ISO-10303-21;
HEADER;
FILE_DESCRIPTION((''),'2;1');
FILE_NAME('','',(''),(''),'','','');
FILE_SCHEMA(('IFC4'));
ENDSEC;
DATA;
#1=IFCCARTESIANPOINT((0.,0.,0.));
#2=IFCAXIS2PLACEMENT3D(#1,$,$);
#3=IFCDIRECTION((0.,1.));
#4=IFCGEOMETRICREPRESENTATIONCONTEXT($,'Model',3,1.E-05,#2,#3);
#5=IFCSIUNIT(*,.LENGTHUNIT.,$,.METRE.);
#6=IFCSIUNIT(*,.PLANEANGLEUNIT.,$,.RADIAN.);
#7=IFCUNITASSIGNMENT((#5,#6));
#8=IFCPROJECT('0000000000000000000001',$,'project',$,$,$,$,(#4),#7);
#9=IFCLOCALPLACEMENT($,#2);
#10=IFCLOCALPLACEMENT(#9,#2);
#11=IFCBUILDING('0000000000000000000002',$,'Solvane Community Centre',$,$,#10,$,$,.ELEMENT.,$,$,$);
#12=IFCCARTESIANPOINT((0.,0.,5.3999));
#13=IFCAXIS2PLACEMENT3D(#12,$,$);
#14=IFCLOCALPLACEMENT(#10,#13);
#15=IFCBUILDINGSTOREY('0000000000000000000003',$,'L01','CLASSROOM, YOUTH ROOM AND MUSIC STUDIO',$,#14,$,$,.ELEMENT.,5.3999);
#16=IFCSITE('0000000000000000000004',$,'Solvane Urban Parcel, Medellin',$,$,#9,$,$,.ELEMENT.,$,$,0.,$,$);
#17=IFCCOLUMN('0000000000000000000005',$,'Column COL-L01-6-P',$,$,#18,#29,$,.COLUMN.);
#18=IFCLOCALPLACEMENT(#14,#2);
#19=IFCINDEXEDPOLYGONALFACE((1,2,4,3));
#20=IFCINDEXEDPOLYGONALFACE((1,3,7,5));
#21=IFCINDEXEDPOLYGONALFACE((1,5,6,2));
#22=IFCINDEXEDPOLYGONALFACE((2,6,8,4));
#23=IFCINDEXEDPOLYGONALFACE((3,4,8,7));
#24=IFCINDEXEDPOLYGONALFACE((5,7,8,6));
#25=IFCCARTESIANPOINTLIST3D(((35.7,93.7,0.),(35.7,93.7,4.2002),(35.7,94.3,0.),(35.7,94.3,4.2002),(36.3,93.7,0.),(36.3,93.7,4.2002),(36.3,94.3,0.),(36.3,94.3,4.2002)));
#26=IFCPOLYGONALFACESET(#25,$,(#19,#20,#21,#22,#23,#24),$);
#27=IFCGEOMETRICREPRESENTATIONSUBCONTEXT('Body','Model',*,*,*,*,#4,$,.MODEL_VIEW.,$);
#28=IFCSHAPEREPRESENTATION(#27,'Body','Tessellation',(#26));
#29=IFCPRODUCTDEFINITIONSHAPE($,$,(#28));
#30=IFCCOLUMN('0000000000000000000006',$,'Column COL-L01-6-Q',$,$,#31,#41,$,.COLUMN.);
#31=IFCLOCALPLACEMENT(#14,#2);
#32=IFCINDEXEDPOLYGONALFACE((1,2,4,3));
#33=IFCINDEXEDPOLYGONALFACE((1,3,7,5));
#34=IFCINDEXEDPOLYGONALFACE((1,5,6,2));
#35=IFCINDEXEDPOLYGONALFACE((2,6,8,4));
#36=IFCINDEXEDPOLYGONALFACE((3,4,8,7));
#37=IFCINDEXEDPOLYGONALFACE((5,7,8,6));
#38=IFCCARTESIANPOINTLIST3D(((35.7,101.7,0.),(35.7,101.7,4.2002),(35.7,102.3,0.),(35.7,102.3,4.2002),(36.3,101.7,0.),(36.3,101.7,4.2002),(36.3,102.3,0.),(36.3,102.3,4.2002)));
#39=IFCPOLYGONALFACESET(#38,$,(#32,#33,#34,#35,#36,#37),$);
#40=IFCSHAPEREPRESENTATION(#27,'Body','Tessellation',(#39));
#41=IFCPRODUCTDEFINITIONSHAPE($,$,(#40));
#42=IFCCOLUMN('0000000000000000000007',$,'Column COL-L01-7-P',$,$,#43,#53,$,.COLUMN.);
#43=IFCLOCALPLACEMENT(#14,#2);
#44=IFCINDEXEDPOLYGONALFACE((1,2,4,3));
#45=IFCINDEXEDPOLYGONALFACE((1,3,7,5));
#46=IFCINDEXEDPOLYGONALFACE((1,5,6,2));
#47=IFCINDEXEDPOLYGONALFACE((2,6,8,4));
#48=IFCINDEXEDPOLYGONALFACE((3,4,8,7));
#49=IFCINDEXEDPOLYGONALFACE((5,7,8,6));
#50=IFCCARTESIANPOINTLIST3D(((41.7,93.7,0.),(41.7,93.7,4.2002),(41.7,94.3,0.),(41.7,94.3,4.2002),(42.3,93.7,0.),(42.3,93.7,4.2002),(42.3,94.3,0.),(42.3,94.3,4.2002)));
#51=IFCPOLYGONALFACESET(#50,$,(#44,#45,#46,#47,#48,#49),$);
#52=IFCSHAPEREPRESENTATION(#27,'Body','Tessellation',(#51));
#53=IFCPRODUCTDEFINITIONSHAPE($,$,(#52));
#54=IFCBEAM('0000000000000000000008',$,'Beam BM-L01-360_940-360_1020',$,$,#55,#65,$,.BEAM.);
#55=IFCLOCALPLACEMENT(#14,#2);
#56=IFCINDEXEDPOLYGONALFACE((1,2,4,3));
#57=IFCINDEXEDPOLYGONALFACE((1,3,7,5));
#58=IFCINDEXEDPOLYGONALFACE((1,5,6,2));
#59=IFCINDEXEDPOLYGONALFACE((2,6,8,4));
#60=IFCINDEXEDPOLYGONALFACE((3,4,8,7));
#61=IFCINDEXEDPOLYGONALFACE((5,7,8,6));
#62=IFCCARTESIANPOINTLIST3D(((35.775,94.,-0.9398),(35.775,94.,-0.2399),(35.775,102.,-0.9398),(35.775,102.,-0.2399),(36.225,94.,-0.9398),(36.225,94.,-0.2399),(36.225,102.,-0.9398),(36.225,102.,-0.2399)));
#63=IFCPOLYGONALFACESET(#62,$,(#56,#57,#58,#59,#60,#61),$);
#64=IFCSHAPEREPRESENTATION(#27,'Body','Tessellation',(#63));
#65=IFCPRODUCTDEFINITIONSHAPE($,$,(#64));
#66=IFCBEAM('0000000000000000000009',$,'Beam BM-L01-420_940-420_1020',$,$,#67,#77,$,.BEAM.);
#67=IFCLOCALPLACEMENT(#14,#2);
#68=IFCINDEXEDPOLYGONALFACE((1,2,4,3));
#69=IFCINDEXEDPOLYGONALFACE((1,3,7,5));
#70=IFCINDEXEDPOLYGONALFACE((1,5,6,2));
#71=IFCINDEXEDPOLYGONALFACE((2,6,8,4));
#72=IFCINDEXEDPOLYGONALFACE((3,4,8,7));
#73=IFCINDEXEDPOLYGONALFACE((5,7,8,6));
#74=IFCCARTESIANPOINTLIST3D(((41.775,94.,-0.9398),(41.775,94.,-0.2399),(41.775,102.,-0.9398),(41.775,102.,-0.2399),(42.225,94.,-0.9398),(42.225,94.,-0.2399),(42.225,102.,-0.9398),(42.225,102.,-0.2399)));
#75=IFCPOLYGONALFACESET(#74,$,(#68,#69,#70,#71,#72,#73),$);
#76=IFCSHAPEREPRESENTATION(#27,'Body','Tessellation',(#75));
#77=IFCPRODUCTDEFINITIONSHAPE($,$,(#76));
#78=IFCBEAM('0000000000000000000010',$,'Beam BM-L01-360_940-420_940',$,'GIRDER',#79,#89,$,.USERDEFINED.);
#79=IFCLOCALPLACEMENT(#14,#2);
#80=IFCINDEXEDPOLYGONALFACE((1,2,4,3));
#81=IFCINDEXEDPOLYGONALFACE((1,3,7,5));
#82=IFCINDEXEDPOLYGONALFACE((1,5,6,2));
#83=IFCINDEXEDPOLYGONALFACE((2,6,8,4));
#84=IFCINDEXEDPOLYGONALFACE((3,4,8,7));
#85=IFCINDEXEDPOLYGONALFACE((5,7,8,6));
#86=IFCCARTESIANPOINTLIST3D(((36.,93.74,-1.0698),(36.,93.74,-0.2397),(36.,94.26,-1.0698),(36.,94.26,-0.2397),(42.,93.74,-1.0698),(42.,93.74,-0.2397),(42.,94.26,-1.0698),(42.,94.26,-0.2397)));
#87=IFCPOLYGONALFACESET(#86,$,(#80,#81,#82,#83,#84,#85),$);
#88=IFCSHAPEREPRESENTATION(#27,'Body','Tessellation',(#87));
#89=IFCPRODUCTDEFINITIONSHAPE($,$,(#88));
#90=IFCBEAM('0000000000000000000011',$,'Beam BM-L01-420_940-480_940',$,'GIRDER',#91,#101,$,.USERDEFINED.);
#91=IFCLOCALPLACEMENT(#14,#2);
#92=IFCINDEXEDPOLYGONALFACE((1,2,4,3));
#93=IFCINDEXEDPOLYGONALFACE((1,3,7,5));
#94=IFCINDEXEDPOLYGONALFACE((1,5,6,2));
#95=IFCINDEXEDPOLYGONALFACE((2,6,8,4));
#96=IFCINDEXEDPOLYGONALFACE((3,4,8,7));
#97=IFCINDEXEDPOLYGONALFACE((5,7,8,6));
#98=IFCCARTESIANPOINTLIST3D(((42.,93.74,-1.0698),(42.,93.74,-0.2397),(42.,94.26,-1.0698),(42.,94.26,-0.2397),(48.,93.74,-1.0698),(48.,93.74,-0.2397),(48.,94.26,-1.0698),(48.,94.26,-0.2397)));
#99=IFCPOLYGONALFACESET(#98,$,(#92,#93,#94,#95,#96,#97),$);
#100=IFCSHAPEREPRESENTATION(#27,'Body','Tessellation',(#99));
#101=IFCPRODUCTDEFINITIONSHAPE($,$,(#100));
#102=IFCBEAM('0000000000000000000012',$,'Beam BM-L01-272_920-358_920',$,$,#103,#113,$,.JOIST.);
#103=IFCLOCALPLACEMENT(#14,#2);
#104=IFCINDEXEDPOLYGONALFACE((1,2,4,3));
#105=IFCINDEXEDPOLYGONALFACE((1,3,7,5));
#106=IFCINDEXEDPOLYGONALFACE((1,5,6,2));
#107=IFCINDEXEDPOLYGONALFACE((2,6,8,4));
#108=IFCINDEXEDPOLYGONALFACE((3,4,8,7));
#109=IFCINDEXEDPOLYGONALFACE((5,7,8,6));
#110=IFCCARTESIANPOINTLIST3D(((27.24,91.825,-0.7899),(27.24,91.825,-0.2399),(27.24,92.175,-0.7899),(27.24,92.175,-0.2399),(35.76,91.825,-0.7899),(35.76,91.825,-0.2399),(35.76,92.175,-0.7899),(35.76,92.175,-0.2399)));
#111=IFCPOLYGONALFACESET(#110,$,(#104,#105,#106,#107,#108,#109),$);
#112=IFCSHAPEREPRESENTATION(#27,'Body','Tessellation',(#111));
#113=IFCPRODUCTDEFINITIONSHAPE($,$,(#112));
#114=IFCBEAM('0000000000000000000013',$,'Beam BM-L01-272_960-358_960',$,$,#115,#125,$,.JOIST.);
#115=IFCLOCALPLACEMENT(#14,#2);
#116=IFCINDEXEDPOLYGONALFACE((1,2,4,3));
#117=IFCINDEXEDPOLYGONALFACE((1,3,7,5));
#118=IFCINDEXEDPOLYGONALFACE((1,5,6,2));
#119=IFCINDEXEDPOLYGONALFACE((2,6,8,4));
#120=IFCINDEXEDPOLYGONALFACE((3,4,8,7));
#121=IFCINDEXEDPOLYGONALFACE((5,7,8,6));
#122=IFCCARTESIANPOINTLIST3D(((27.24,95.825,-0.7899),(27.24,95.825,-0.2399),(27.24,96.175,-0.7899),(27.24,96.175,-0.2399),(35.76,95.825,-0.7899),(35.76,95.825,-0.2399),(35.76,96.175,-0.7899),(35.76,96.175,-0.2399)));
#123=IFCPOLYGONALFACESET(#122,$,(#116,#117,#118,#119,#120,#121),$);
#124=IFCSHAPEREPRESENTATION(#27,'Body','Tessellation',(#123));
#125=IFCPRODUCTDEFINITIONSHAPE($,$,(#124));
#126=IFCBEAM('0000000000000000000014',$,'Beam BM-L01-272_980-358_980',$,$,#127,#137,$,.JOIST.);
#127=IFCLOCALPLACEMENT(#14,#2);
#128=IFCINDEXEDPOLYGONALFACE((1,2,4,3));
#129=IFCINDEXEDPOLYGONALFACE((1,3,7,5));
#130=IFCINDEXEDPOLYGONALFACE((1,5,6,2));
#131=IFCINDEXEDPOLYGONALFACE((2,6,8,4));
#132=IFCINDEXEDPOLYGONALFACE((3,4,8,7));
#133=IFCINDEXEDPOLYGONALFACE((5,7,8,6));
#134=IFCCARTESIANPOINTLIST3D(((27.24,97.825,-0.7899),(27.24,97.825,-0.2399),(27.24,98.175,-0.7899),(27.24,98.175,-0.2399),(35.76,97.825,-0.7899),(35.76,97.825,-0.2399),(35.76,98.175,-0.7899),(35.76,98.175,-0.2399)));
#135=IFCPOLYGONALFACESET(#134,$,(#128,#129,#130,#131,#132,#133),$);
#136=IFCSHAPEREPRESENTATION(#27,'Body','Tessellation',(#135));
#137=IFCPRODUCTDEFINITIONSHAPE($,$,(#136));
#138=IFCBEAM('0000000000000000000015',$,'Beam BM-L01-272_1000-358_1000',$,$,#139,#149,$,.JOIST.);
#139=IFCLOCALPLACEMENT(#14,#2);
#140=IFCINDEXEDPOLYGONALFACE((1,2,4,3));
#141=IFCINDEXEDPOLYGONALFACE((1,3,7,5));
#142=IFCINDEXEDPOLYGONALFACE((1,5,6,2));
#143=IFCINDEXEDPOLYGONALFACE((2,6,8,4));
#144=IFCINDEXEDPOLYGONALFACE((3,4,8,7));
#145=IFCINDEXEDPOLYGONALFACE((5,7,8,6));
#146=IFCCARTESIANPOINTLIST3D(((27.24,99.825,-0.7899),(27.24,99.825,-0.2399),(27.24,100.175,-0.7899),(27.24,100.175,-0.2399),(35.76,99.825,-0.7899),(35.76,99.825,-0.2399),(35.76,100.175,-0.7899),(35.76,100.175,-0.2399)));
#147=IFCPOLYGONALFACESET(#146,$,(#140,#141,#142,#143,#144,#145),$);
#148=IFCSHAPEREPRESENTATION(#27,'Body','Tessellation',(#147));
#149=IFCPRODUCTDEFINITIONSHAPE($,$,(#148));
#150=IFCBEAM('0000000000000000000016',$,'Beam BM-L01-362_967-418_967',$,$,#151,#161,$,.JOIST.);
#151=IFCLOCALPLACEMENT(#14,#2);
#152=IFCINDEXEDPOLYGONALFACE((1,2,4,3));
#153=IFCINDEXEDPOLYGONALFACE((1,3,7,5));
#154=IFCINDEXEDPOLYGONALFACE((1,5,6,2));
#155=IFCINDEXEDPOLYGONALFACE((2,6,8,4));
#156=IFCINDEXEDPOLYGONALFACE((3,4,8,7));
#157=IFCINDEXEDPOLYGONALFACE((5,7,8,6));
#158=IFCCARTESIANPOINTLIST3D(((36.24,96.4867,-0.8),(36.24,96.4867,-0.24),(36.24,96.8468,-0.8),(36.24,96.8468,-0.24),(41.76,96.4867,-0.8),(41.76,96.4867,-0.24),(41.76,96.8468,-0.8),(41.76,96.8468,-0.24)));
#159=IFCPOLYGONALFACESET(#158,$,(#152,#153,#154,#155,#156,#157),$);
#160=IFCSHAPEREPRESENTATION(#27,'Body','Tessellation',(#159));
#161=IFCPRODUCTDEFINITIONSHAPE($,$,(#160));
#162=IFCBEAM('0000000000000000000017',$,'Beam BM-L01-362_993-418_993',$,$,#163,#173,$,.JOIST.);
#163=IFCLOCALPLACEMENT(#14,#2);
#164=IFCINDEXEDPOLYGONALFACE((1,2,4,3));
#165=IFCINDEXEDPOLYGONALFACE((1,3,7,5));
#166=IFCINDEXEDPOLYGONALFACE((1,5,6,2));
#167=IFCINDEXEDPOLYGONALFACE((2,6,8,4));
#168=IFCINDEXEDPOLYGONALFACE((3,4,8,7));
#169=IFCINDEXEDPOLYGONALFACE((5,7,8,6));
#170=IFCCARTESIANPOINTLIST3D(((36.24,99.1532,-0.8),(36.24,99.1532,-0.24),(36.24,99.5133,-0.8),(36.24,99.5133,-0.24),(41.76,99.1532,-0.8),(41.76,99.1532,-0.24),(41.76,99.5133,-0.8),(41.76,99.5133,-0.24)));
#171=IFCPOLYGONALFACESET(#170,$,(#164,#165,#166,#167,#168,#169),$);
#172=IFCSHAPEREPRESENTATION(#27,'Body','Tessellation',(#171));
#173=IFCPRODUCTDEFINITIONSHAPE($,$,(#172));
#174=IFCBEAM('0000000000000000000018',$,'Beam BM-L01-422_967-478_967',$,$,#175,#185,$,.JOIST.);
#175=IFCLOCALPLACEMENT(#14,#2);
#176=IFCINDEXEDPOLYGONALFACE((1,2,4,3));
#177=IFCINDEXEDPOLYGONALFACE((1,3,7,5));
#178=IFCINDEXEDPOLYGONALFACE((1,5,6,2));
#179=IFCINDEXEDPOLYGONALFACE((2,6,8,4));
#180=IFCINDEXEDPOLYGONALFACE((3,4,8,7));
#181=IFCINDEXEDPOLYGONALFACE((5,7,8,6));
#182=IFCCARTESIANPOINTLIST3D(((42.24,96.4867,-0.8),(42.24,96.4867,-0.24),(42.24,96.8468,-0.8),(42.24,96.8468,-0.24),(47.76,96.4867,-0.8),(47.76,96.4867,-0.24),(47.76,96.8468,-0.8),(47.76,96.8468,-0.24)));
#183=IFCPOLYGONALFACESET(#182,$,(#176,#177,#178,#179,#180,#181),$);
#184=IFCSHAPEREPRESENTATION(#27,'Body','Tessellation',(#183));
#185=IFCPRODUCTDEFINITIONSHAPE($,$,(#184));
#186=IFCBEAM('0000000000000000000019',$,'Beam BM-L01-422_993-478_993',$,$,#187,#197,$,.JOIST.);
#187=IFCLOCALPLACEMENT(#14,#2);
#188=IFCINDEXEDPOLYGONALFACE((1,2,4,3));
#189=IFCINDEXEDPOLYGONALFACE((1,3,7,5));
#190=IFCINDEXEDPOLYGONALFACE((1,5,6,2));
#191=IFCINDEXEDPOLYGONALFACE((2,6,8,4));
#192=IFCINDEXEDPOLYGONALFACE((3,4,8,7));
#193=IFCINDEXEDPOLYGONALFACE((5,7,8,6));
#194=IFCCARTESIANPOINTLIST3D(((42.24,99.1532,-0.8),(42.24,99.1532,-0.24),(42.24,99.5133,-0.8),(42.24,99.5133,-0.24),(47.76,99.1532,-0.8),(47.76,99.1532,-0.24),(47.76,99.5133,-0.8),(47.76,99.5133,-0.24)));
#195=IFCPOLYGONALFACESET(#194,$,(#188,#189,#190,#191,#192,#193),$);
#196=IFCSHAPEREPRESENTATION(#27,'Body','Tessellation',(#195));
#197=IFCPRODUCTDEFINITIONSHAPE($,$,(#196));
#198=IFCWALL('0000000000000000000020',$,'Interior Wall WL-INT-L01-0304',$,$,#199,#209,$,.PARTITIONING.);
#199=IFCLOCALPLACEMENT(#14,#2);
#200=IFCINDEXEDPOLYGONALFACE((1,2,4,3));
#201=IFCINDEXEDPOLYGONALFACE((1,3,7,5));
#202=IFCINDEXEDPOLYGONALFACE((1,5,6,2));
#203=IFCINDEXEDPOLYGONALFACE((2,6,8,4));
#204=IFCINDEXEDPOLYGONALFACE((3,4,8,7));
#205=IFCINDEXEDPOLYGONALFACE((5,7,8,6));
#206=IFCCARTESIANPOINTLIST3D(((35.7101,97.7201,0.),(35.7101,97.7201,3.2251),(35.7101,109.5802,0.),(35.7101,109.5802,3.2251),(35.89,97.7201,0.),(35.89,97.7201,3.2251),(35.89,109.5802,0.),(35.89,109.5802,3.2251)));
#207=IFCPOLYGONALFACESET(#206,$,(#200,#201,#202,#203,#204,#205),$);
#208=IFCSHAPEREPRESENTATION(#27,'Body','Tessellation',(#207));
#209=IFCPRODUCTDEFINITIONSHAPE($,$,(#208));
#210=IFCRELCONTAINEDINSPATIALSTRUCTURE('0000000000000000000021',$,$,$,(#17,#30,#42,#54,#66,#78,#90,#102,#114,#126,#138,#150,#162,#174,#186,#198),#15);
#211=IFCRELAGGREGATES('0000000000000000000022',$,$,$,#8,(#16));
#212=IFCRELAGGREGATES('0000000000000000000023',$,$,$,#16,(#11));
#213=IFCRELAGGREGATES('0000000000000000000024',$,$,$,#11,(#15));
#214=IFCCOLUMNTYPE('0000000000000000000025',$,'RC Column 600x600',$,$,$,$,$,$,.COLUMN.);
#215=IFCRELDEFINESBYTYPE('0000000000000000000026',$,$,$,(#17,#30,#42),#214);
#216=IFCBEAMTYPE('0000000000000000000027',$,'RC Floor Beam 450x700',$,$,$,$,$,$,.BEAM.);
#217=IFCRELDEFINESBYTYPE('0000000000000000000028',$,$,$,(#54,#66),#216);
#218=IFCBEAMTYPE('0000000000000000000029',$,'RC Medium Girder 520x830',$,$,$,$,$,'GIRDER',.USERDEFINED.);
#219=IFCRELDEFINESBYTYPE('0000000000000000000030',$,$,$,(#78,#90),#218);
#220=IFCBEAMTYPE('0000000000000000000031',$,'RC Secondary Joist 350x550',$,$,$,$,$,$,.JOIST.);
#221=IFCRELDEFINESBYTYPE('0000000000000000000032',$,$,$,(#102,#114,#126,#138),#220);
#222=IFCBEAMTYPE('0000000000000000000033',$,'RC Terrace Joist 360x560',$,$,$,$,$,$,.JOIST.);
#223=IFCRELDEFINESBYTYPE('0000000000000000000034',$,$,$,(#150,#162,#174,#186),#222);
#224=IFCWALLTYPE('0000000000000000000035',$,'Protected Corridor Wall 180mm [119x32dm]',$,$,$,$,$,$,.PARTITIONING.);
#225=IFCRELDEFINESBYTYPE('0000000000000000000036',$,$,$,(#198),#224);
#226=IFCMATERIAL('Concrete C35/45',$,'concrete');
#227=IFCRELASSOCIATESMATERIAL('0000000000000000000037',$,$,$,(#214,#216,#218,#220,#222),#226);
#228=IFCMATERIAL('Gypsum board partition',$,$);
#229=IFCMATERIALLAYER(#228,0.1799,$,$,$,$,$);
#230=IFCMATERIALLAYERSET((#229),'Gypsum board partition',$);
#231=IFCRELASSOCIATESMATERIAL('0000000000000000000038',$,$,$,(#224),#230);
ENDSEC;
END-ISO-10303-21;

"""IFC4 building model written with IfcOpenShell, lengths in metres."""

from ifc_helpers import new_model, si_unit, direction, frame, frame_2d, origin, origin_2d, place, context, subcontext, project, spatial, rectangle, extrude, material, layer, layer_set, material_profile, profile_set, type_object, element, save


model = new_model("IFC4")

# Units and contexts
model_context = context("Model", 3, precision=1e-05, world=origin(), true_north=direction((0.0, 1.0)))
body_context = subcontext(model_context, "Body", "Model", "MODEL_VIEW")
ifc_project = project(units=[si_unit("LENGTHUNIT", "METRE"), si_unit("PLANEANGLEUNIT", "RADIAN")], contexts=[model_context])

# Site, building, storey
site_placement = place(None, origin())
site = spatial("IfcSite", under=ifc_project, at=site_placement, Name="Solvane Urban Parcel, Medellin", CompositionType="ELEMENT", RefElevation=0.0)
building_placement = place(site_placement, origin())
building = spatial("IfcBuilding", under=site, at=building_placement, Name="Solvane Community Centre", CompositionType="ELEMENT")
storey_placement = place(building_placement, frame((0.0, 0.0, 5.3999)))
storey = spatial("IfcBuildingStorey", under=building, at=storey_placement, Name="L01", Description="CLASSROOM, YOUTH ROOM AND MUSIC STUDIO", CompositionType="ELEMENT", Elevation=5.3999)

# Columns
ifc_material_1 = material(Name="Concrete C35/45", Category="concrete")
ifc_material_profile_1 = material_profile(ifc_material_1, rectangle(XDim=0.6001, YDim=0.6001, at=origin_2d()), Name="RC 600x600")
ifc_profile_set_1 = profile_set([ifc_material_profile_1], Name="Concrete C35/45")
column_type = type_object("IfcColumnType", Name="RC Column 600x600", PredefinedType="COLUMN", material=ifc_profile_set_1)
for number, where, z_axis, x_axis, name in (
    (1, (36.0, 94.0, 0.0), (0.0, 0.0, 1.0), (1.0, 0.0, 0.0), "Column COL-L01-6-P"),
    (2, (36.0, 102.0, 0.0), (0.0, 0.0, 1.0), (1.0, 0.0, 0.0), "Column COL-L01-6-Q"),
    (3, (42.0, 94.0, 0.0), (0.0, 0.0, 1.0), (1.0, 0.0, 0.0), "Column COL-L01-7-P"),
):
    element("IfcColumn", number, at=place(storey_placement, frame(where, z_axis=z_axis, x_axis=x_axis)), inside=storey, type_object=column_type, Name=name, PredefinedType="COLUMN", context=body_context, shape_type="SweptSolid", body=[
        extrude(rectangle(XDim=0.6001, YDim=0.6001, at=origin_2d()), origin(), (0.0, 0.0, 1.0), 4.2002),
    ])

# Beams
ifc_material_profile_2 = material_profile(ifc_material_1, rectangle(XDim=0.45, YDim=0.7, at=origin_2d()), Name="RC 450x700")
ifc_profile_set_2 = profile_set([ifc_material_profile_2], Name="Concrete C35/45")
beam_type_1 = type_object("IfcBeamType", Name="RC Floor Beam 450x700", PredefinedType="BEAM", material=ifc_profile_set_2)
for number, where, z_axis, x_axis, name in (
    (4, (36.0, 94.0, -0.5898), (0.0, 1.0, 0.0), (-1.0, 0.0, 0.0), "Beam BM-L01-360_940-360_1020"),
    (5, (42.0, 94.0, -0.5898), (0.0, 1.0, 0.0), (-1.0, 0.0, 0.0), "Beam BM-L01-420_940-420_1020"),
):
    element("IfcBeam", number, at=place(storey_placement, frame(where, z_axis=z_axis, x_axis=x_axis)), inside=storey, type_object=beam_type_1, Name=name, PredefinedType="BEAM", context=body_context, shape_type="SweptSolid", body=[
        extrude(rectangle(XDim=0.45, YDim=0.7, at=origin_2d()), origin(), (0.0, 0.0, 1.0), 8.0),
    ])
ifc_material_profile_3 = material_profile(ifc_material_1, rectangle(XDim=0.52, YDim=0.8301, at=origin_2d()), Name="RC 520x830")
ifc_profile_set_3 = profile_set([ifc_material_profile_3], Name="Concrete C35/45")
beam_type_2 = type_object("IfcBeamType", Name="RC Medium Girder 520x830", ElementType="GIRDER", PredefinedType="USERDEFINED", material=ifc_profile_set_3)
for number, where, z_axis, x_axis, name in (
    (6, (36.0, 94.0, -0.6548), (1.0, 0.0, 0.0), (0.0, 1.0, 0.0), "Beam BM-L01-360_940-420_940"),
    (7, (42.0, 94.0, -0.6548), (1.0, 0.0, 0.0), (0.0, 1.0, 0.0), "Beam BM-L01-420_940-480_940"),
):
    element("IfcBeam", number, at=place(storey_placement, frame(where, z_axis=z_axis, x_axis=x_axis)), inside=storey, type_object=beam_type_2, Name=name, ObjectType="GIRDER", PredefinedType="USERDEFINED", context=body_context, shape_type="SweptSolid", body=[
        extrude(rectangle(XDim=0.52, YDim=0.8301, at=origin_2d()), origin(), (0.0, 0.0, 1.0), 6.0),
    ])
ifc_material_profile_4 = material_profile(ifc_material_1, rectangle(XDim=0.3501, YDim=0.55, at=origin_2d()), Name="RC 350x550")
ifc_profile_set_4 = profile_set([ifc_material_profile_4], Name="Concrete C35/45")
beam_type_3 = type_object("IfcBeamType", Name="RC Secondary Joist 350x550", PredefinedType="JOIST", material=ifc_profile_set_4)
for number, where, z_axis, x_axis, name in (
    (8, (27.24, 92.0, -0.5149), (1.0, 0.0, 0.0), (0.0, 1.0, 0.0), "Beam BM-L01-272_920-358_920"),
    (9, (27.24, 96.0, -0.5149), (1.0, 0.0, 0.0), (0.0, 1.0, 0.0), "Beam BM-L01-272_960-358_960"),
    (10, (27.24, 98.0, -0.5149), (1.0, 0.0, 0.0), (0.0, 1.0, 0.0), "Beam BM-L01-272_980-358_980"),
    (11, (27.24, 100.0, -0.5149), (1.0, 0.0, 0.0), (0.0, 1.0, 0.0), "Beam BM-L01-272_1000-358_1000"),
):
    element("IfcBeam", number, at=place(storey_placement, frame(where, z_axis=z_axis, x_axis=x_axis)), inside=storey, type_object=beam_type_3, Name=name, PredefinedType="JOIST", context=body_context, shape_type="SweptSolid", body=[
        extrude(rectangle(XDim=0.3501, YDim=0.55, at=origin_2d()), origin(), (0.0, 0.0, 1.0), 8.52),
    ])
ifc_material_profile_5 = material_profile(ifc_material_1, rectangle(XDim=0.3601, YDim=0.5601, at=origin_2d()), Name="RC 360x560")
ifc_profile_set_5 = profile_set([ifc_material_profile_5], Name="Concrete C35/45")
beam_type_4 = type_object("IfcBeamType", Name="RC Terrace Joist 360x560", PredefinedType="JOIST", material=ifc_profile_set_5)
for number, where, z_axis, x_axis, name in (
    (12, (36.24, 96.6667, -0.52), (1.0, 0.0, 0.0), (0.0, 1.0, 0.0), "Beam BM-L01-362_967-418_967"),
    (13, (36.24, 99.3333, -0.52), (1.0, 0.0, 0.0), (0.0, 1.0, 0.0), "Beam BM-L01-362_993-418_993"),
    (14, (42.24, 96.6667, -0.52), (1.0, 0.0, 0.0), (0.0, 1.0, 0.0), "Beam BM-L01-422_967-478_967"),
    (15, (42.24, 99.3333, -0.52), (1.0, 0.0, 0.0), (0.0, 1.0, 0.0), "Beam BM-L01-422_993-478_993"),
):
    element("IfcBeam", number, at=place(storey_placement, frame(where, z_axis=z_axis, x_axis=x_axis)), inside=storey, type_object=beam_type_4, Name=name, PredefinedType="JOIST", context=body_context, shape_type="SweptSolid", body=[
        extrude(rectangle(XDim=0.3601, YDim=0.5601, at=origin_2d()), origin(), (0.0, 0.0, 1.0), 5.52),
    ])

# Wall
ifc_material_2 = material(Name="Gypsum board partition")
ifc_layer_1 = layer(ifc_material_2, 0.1799)
ifc_layer_set_1 = layer_set([ifc_layer_1], Name="Gypsum board partition")
wall_type_1 = type_object("IfcWallType", Name="Protected Corridor Wall 180mm [119x32dm]", PredefinedType="PARTITIONING", material=ifc_layer_set_1)
wall_1_placement = place(storey_placement, frame((35.8, 97.72, 0.0), z_axis=(0.0, 0.0, 1.0), x_axis=(0.0, 1.0, 0.0)))
element("IfcWall", 16, at=wall_1_placement, inside=storey, type_object=wall_type_1, Name="Interior Wall WL-INT-L01-0304", PredefinedType="PARTITIONING", context=body_context, shape_type="SweptSolid", body=[
    extrude(rectangle(XDim=11.8601, YDim=0.1799, at=frame_2d((5.9302, 0.0))), origin(), (0.0, 0.0, 1.0), 3.2251),
])

save(model, "model.ifc")
